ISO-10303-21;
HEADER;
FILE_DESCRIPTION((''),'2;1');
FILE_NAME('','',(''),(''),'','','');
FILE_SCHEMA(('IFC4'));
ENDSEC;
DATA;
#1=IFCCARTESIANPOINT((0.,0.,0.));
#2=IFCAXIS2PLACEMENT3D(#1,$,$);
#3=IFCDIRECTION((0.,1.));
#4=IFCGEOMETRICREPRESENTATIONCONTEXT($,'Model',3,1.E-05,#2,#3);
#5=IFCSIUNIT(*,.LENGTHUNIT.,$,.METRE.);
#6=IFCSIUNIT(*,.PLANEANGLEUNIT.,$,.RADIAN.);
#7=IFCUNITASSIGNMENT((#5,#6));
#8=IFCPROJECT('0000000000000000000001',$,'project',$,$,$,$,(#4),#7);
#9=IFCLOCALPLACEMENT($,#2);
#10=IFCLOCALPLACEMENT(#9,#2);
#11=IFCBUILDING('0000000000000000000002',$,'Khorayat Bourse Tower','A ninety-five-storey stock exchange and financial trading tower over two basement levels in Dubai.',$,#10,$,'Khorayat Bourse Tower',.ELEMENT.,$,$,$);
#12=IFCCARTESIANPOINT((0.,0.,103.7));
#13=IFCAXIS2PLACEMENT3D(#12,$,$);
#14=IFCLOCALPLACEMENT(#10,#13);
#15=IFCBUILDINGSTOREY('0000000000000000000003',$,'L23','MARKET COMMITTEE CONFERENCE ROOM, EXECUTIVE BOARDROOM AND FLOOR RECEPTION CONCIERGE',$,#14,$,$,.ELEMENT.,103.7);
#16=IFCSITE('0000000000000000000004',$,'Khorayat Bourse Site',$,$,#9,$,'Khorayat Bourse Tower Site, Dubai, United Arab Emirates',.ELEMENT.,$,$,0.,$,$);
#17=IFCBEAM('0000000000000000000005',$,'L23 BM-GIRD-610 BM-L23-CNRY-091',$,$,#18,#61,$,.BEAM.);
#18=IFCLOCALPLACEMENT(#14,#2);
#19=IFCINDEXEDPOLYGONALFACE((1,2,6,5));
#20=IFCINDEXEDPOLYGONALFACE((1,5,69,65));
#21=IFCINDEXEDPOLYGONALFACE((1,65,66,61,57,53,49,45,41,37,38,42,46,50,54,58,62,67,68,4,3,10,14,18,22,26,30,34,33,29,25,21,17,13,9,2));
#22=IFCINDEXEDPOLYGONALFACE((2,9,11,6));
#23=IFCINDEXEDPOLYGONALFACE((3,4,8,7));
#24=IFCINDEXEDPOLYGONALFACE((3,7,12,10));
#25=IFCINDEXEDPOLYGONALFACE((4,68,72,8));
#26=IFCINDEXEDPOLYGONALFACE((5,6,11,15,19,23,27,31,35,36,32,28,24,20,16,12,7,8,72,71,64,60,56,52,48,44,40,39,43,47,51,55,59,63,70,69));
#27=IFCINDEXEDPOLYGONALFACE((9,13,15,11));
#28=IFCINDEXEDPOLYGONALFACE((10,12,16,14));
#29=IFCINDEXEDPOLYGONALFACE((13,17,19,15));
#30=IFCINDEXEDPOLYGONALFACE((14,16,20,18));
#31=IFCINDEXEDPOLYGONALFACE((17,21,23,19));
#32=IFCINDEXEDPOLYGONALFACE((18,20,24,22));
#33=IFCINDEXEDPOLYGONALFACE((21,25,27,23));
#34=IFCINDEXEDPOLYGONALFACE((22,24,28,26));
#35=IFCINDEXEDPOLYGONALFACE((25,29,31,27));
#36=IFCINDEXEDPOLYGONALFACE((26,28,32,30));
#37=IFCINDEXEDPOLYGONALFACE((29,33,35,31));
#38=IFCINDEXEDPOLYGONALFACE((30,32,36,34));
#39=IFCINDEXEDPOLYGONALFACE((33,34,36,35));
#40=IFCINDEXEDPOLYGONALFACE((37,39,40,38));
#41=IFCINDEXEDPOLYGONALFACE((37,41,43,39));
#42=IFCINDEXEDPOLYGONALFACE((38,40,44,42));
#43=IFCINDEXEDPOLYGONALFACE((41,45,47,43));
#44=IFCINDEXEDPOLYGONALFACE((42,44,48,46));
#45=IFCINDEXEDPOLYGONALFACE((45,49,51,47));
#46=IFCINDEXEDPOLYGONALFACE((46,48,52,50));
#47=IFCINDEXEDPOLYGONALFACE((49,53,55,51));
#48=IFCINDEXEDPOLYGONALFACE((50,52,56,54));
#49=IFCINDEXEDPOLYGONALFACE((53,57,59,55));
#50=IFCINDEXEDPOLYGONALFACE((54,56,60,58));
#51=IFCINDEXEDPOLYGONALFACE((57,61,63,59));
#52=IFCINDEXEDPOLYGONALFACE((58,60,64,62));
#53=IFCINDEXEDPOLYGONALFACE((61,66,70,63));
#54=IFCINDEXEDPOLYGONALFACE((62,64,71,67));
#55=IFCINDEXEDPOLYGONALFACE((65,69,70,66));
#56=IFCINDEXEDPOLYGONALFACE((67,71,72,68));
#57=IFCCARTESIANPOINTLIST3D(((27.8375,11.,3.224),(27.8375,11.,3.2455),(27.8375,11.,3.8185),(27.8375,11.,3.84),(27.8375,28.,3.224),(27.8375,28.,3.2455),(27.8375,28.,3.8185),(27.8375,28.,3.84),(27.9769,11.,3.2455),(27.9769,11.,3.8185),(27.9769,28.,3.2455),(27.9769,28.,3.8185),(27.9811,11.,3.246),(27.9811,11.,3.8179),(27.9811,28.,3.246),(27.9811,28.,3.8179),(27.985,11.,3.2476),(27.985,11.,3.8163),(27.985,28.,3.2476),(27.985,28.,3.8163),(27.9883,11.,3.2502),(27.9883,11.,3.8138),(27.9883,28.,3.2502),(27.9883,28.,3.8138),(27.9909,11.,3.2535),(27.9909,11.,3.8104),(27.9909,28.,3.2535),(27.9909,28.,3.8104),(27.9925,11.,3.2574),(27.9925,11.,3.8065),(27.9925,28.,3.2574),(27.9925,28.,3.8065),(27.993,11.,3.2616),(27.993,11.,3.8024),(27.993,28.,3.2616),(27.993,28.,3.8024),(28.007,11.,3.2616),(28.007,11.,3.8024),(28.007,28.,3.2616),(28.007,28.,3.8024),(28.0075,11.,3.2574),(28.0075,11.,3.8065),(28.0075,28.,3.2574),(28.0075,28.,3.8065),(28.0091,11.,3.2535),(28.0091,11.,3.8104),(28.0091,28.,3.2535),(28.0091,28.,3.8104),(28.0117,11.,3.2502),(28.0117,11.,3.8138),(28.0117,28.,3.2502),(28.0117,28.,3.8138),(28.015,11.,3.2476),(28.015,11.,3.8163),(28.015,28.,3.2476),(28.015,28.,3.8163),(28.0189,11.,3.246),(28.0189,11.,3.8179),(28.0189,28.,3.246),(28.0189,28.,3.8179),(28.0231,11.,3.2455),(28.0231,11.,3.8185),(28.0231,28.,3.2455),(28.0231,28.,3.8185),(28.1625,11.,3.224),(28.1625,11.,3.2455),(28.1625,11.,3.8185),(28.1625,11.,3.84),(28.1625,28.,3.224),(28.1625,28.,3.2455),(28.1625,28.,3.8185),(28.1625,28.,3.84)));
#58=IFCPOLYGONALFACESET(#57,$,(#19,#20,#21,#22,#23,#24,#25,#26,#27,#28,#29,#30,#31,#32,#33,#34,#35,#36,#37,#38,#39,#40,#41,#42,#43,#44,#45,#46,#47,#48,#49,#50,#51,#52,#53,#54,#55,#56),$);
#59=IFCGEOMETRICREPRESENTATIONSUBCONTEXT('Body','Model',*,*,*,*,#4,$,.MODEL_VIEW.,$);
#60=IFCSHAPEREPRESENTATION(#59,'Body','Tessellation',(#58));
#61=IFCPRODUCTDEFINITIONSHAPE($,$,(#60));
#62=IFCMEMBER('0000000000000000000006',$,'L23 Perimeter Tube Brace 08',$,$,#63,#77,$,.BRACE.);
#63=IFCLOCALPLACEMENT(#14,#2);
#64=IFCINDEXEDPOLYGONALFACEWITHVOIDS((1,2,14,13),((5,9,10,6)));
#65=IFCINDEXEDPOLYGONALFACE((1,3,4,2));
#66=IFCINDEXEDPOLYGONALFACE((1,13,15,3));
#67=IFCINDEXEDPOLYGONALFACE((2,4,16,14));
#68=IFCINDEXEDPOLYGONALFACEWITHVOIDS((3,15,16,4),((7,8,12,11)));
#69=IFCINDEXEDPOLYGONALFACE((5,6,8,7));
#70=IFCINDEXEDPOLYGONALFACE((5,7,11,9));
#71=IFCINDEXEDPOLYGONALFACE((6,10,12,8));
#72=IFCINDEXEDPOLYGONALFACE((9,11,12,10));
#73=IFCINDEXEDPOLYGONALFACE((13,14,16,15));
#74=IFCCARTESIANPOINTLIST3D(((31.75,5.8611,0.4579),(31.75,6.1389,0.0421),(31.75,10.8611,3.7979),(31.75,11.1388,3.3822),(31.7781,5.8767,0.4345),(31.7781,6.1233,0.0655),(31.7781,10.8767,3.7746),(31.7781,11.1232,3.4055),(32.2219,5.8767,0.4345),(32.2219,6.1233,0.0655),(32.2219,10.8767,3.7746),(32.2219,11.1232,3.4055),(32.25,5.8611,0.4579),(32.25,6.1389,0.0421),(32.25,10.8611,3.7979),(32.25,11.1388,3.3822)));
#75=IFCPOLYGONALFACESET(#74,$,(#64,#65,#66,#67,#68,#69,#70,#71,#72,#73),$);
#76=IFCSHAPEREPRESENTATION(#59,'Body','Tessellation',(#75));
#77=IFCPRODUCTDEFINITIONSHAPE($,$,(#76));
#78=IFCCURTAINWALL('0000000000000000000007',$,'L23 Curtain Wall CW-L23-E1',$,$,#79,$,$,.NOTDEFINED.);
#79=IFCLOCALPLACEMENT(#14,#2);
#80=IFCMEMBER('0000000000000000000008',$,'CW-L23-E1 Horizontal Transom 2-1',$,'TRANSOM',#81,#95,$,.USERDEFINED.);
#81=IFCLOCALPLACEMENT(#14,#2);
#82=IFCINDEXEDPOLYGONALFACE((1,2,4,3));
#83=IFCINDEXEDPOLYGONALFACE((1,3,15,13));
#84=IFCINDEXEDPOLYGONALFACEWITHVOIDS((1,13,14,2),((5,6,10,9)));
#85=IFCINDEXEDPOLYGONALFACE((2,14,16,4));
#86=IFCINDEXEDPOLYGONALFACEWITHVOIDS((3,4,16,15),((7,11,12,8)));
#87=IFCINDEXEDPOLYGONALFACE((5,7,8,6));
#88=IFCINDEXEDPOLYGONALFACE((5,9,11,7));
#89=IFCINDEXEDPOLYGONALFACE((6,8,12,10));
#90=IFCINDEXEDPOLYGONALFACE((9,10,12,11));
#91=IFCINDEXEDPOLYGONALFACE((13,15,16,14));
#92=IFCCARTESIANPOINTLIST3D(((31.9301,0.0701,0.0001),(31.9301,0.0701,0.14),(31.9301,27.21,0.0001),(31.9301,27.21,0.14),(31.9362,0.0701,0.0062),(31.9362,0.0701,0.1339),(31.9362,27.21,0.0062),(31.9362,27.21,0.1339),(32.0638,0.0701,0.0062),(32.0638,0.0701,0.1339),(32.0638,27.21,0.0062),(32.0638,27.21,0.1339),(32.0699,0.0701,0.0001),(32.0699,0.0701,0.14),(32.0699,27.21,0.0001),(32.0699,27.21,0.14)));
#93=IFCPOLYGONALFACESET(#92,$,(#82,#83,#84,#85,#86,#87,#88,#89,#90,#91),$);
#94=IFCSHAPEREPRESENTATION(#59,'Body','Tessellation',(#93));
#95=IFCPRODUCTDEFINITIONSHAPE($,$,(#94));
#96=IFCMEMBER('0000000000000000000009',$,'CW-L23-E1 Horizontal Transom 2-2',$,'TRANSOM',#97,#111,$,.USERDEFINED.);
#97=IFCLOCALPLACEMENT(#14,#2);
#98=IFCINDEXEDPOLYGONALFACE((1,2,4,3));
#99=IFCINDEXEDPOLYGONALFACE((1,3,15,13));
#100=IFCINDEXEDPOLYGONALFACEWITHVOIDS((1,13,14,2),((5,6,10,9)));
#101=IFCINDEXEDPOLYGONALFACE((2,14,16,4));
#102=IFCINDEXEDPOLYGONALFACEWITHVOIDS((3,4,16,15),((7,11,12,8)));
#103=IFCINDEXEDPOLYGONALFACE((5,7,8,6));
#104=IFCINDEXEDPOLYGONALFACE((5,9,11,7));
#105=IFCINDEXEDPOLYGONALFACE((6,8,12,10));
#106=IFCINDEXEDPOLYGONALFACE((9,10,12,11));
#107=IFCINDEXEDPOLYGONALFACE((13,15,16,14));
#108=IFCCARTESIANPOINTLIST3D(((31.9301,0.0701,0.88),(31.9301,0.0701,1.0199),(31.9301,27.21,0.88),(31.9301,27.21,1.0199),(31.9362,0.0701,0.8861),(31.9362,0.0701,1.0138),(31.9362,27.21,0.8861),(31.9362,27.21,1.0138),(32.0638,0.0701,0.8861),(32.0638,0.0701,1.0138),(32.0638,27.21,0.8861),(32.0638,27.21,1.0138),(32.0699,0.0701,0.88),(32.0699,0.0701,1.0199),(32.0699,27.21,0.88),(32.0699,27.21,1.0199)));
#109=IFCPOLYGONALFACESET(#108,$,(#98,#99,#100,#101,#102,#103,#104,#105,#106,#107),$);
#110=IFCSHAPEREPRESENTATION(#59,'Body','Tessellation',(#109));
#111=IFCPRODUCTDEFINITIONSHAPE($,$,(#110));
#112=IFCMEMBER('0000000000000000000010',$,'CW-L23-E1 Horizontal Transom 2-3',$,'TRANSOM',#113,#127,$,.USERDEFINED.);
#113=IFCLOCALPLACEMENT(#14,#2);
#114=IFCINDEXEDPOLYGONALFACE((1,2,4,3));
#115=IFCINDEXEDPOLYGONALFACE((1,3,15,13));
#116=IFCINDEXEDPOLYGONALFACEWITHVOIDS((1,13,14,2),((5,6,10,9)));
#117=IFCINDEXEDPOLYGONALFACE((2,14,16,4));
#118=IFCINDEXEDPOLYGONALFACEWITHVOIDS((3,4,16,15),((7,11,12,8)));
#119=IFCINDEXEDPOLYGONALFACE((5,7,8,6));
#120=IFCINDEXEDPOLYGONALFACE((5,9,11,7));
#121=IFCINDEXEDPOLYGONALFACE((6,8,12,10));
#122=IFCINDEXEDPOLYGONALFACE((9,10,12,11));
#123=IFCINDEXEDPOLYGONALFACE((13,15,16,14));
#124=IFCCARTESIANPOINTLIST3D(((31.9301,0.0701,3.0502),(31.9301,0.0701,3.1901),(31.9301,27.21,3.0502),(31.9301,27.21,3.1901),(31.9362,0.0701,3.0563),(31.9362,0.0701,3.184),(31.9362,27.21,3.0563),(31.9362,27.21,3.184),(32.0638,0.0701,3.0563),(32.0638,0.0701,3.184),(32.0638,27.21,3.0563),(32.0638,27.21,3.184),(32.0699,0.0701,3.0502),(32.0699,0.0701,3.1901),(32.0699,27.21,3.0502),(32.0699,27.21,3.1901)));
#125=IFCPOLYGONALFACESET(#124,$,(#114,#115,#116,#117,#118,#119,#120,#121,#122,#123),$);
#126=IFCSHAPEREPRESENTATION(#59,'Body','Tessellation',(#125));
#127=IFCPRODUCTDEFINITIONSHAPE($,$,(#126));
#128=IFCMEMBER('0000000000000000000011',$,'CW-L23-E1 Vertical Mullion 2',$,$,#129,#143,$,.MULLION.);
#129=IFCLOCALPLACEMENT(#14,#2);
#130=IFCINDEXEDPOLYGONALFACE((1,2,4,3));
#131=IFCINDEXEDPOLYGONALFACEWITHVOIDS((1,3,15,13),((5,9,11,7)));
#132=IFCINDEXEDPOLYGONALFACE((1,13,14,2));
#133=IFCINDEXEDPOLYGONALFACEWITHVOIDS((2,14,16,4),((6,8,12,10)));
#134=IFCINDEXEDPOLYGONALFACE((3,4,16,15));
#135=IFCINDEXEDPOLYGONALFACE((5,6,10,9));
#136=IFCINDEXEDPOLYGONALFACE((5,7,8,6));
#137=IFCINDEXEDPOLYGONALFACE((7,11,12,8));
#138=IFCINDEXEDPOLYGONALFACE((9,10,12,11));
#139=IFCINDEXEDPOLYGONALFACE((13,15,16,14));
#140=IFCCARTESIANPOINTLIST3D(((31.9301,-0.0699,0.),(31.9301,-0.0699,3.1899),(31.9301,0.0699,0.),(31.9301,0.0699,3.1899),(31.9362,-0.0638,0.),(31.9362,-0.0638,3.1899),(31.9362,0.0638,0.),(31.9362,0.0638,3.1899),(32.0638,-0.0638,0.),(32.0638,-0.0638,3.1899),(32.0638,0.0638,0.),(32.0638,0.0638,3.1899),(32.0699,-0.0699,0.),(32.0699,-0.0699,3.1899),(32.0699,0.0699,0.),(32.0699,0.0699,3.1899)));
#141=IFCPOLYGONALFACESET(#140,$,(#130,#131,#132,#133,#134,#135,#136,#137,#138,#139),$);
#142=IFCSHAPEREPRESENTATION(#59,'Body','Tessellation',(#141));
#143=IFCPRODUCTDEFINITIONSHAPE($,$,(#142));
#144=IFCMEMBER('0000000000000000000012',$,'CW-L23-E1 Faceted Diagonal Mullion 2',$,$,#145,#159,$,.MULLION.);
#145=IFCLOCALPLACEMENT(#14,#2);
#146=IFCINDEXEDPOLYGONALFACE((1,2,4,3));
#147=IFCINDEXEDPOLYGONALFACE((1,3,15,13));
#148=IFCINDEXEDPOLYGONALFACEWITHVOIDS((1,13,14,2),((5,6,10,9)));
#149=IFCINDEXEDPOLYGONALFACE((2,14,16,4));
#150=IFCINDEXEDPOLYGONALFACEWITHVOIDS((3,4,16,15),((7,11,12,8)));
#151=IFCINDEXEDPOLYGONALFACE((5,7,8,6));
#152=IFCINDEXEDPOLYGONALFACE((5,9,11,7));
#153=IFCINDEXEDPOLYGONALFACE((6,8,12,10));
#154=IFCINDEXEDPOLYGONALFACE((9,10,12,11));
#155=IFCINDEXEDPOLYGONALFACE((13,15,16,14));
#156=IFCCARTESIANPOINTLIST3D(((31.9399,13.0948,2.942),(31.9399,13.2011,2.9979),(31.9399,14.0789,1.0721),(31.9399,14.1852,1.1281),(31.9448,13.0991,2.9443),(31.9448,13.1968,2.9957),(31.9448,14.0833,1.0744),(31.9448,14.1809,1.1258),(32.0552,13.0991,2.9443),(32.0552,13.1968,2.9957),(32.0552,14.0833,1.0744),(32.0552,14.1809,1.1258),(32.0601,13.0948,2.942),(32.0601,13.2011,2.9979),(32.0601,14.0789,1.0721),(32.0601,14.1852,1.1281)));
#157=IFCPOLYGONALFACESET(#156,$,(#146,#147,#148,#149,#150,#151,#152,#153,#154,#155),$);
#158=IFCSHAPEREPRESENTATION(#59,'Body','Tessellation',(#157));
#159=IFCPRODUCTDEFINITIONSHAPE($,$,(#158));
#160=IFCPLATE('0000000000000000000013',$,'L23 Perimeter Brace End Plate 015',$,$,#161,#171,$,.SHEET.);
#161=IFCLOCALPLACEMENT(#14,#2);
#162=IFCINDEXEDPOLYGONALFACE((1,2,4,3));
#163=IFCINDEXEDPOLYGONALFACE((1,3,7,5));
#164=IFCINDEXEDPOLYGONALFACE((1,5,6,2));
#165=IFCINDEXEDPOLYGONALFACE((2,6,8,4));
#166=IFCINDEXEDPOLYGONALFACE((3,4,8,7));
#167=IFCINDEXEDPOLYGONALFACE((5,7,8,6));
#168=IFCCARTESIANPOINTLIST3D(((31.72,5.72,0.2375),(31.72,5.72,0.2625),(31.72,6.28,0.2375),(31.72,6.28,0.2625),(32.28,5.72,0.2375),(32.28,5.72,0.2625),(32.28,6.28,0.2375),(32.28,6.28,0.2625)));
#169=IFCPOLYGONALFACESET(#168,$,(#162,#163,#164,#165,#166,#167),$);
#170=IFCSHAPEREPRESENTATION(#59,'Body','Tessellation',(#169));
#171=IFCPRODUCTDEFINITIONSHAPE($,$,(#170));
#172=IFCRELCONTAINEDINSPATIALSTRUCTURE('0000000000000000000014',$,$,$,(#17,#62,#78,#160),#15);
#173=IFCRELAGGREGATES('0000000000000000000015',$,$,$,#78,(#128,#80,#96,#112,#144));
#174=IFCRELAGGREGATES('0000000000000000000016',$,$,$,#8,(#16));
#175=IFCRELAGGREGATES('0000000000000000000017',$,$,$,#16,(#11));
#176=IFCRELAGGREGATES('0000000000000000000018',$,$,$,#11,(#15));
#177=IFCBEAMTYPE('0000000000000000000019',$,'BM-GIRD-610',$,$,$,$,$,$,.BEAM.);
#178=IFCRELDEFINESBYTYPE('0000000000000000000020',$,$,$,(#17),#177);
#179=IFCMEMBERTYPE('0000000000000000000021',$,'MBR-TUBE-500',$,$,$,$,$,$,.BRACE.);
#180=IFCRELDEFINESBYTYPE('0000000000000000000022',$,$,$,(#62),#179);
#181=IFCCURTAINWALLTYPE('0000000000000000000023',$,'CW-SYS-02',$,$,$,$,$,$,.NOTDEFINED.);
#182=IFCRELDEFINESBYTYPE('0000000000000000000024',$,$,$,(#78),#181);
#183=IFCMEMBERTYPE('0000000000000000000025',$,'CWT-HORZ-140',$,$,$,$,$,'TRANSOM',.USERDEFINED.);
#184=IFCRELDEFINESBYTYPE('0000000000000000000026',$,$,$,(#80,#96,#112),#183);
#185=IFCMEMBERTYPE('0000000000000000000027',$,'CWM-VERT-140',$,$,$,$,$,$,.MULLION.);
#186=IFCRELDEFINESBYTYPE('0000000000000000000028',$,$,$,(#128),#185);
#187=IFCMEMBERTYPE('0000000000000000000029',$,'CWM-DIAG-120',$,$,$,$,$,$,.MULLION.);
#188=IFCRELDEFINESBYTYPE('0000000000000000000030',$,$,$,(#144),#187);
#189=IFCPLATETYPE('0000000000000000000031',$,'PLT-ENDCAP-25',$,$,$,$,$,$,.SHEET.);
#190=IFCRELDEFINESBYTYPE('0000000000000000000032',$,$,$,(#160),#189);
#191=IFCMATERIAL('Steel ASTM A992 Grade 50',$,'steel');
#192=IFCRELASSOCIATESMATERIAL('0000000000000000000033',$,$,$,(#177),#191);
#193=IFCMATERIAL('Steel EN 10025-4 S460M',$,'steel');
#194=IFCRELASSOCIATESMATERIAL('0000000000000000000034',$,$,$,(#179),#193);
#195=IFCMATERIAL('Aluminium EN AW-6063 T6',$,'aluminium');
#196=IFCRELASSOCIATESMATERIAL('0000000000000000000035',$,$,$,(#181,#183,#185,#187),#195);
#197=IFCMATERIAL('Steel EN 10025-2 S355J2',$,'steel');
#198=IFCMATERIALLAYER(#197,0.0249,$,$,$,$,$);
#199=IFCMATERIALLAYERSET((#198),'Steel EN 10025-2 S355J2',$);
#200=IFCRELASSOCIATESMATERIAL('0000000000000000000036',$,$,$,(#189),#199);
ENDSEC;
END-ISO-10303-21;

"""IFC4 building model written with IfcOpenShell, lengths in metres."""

from ifc_helpers import new_model, si_unit, direction, frame, origin, origin_2d, place, context, subcontext, project, spatial, rectangle, hollow_rectangle, i_section, extrude, source, transform, mapped, material, layer, layer_set, material_profile, profile_set, type_object, element, aggregate, save


model = new_model("IFC4")

# Units and contexts
model_context = context("Model", 3, precision=1e-05, world=origin(), true_north=direction((0.0, 1.0)))
body_context = subcontext(model_context, "Body", "Model", "MODEL_VIEW")
ifc_project = project(units=[si_unit("LENGTHUNIT", "METRE"), si_unit("PLANEANGLEUNIT", "RADIAN")], contexts=[model_context])

# Site, building, storey
site_placement = place(None, origin())
site = spatial("IfcSite", under=ifc_project, at=site_placement, Name="Khorayat Bourse Site", LongName="Khorayat Bourse Tower Site, Dubai, United Arab Emirates", CompositionType="ELEMENT", RefElevation=0.0)
building_placement = place(site_placement, origin())
building = spatial("IfcBuilding", under=site, at=building_placement, Name="Khorayat Bourse Tower", Description="A ninety-five-storey stock exchange and financial trading tower over two basement levels in Dubai.", LongName="Khorayat Bourse Tower", CompositionType="ELEMENT")
storey_placement = place(building_placement, frame((0.0, 0.0, 103.7)))
storey = spatial("IfcBuildingStorey", under=building, at=storey_placement, Name="L23", Description="MARKET COMMITTEE CONFERENCE ROOM, EXECUTIVE BOARDROOM AND FLOOR RECEPTION CONCIERGE", CompositionType="ELEMENT", Elevation=103.7)

# Shared definitions
ifc_material_1 = material(Name="Steel EN 10025-4 S460M", Category="steel")

# Beam
ifc_material_2 = material(Name="Steel ASTM A992 Grade 50", Category="steel")
ifc_material_profile_1 = material_profile(ifc_material_2, i_section(OverallWidth=0.325, OverallDepth=0.616, WebThickness=0.0139, FlangeThickness=0.0215, FilletRadius=0.0161, at=origin_2d()), Name="W610X174")
ifc_profile_set_1 = profile_set([ifc_material_profile_1], Name="Steel ASTM A992 Grade 50")
beam_type_1 = type_object("IfcBeamType", Name="BM-GIRD-610", PredefinedType="BEAM", material=ifc_profile_set_1)
shared_shape_1 = source(origin(), body_context, "Body", "SweptSolid", [
    extrude(i_section(OverallWidth=0.325, OverallDepth=0.616, WebThickness=0.0139, FlangeThickness=0.0215, FilletRadius=0.0161, at=origin_2d()), origin(), (0.0, 0.0, 1.0), 17.0),
])
beam_1_placement = place(storey_placement, frame((28.0, 11.0, 3.532), z_axis=(0.0, 1.0, 0.0), x_axis=(-1.0, 0.0, 0.0)))
element("IfcBeam", 1, at=beam_1_placement, inside=storey, type_object=beam_type_1, Name="L23 BM-GIRD-610 BM-L23-CNRY-091", PredefinedType="BEAM", context=body_context, shape_type="MappedRepresentation", body=[
    mapped(shared_shape_1, transform((0.0, 0.0, 0.0), scale=1.0)),
])

# Member
ifc_material_profile_2 = material_profile(ifc_material_1, hollow_rectangle(XDim=0.5, YDim=0.5, WallThickness=0.0281, at=origin_2d()), Name="HSS 500x500x28")
ifc_profile_set_2 = profile_set([ifc_material_profile_2], Name="Steel EN 10025-4 S460M")
member_type_1 = type_object("IfcMemberType", Name="MBR-TUBE-500", PredefinedType="BRACE", material=ifc_profile_set_2)
shared_shape_2 = source(origin(), body_context, "Body", "SweptSolid", [
    extrude(hollow_rectangle(XDim=0.5, YDim=0.5, WallThickness=0.0281, at=origin_2d()), origin(), (0.0, 0.0, 1.0), 6.0129),
])
member_1_placement = place(storey_placement, frame((32.0, 6.0, 0.25), z_axis=(0.0, 0.831531, 0.555478), x_axis=(-1.0, 0.0, 0.0)))
element("IfcMember", 2, at=member_1_placement, inside=storey, type_object=member_type_1, Name="L23 Perimeter Tube Brace 08", PredefinedType="BRACE", context=body_context, shape_type="MappedRepresentation", body=[
    mapped(shared_shape_2, transform((0.0, 0.0, 0.0), scale=1.0)),
])

# Curtain wall, members
ifc_material_3 = material(Name="Aluminium EN AW-6063 T6", Category="aluminium")
curtain_wall_type = type_object("IfcCurtainWallType", Name="CW-SYS-02", PredefinedType="NOTDEFINED", material=ifc_material_3)
curtain_wall_placement = place(storey_placement, origin())
curtain_wall = element("IfcCurtainWall", 3, at=curtain_wall_placement, inside=storey, type_object=curtain_wall_type, Name="L23 Curtain Wall CW-L23-E1", PredefinedType="NOTDEFINED")
ifc_material_profile_3 = material_profile(ifc_material_3, hollow_rectangle(XDim=0.1399, YDim=0.1399, WallThickness=0.0061, at=origin_2d()), Name="ALU 140x140x6")
ifc_profile_set_3 = profile_set([ifc_material_profile_3], Name="Aluminium EN AW-6063 T6")
member_type_2 = type_object("IfcMemberType", Name="CWT-HORZ-140", ElementType="TRANSOM", PredefinedType="USERDEFINED", material=ifc_profile_set_3)
shared_shape_3 = source(origin(), body_context, "Body", "SweptSolid", [
    extrude(hollow_rectangle(XDim=0.1399, YDim=0.1399, WallThickness=0.0061, at=origin_2d()), origin(), (0.0, 0.0, 1.0), 27.1399),
])
member_2_placement = place(storey_placement, frame((32.0, 0.0701, 0.0701), z_axis=(0.0, 1.0, 0.0), x_axis=(-1.0, 0.0, 0.0)))
member_2 = element("IfcMember", 4, at=member_2_placement, type_object=member_type_2, Name="CW-L23-E1 Horizontal Transom 2-1", ObjectType="TRANSOM", PredefinedType="USERDEFINED", context=body_context, shape_type="MappedRepresentation", body=[
    mapped(shared_shape_3, transform((0.0, 0.0, 0.0), scale=1.0)),
])
member_3_placement = place(storey_placement, frame((32.0, 0.0701, 0.95), z_axis=(0.0, 1.0, 0.0), x_axis=(-1.0, 0.0, 0.0)))
member_3 = element("IfcMember", 5, at=member_3_placement, type_object=member_type_2, Name="CW-L23-E1 Horizontal Transom 2-2", ObjectType="TRANSOM", PredefinedType="USERDEFINED", context=body_context, shape_type="MappedRepresentation", body=[
    mapped(shared_shape_3, transform((0.0, 0.0, 0.0), scale=1.0)),
])
member_4_placement = place(storey_placement, frame((32.0, 0.0701, 3.1201), z_axis=(0.0, 1.0, 0.0), x_axis=(-1.0, 0.0, 0.0)))
member_4 = element("IfcMember", 6, at=member_4_placement, type_object=member_type_2, Name="CW-L23-E1 Horizontal Transom 2-3", ObjectType="TRANSOM", PredefinedType="USERDEFINED", context=body_context, shape_type="MappedRepresentation", body=[
    mapped(shared_shape_3, transform((0.0, 0.0, 0.0), scale=1.0)),
])
ifc_material_profile_4 = material_profile(ifc_material_3, hollow_rectangle(XDim=0.1399, YDim=0.1399, WallThickness=0.0061, at=origin_2d()), Name="ALU 140x140x6")
ifc_profile_set_4 = profile_set([ifc_material_profile_4], Name="Aluminium EN AW-6063 T6")
member_type_3 = type_object("IfcMemberType", Name="CWM-VERT-140", PredefinedType="MULLION", material=ifc_profile_set_4)
shared_shape_4 = source(origin(), body_context, "Body", "SweptSolid", [
    extrude(hollow_rectangle(XDim=0.1399, YDim=0.1399, WallThickness=0.0061, at=origin_2d()), origin(), (0.0, 0.0, 1.0), 3.1899),
])
member_5_placement = place(storey_placement, frame((32.0, 0.0, 0.0), z_axis=(0.0, 0.0, 1.0), x_axis=(-1.0, 0.0, 0.0)))
member_5 = element("IfcMember", 7, at=member_5_placement, type_object=member_type_3, Name="CW-L23-E1 Vertical Mullion 2", PredefinedType="MULLION", context=body_context, shape_type="MappedRepresentation", body=[
    mapped(shared_shape_4, transform((0.0, 0.0, 0.0), scale=1.0)),
])
ifc_material_profile_5 = material_profile(ifc_material_3, hollow_rectangle(XDim=0.1201, YDim=0.1201, WallThickness=0.0049, at=origin_2d()), Name="ALU 120x120x5")
ifc_profile_set_5 = profile_set([ifc_material_profile_5], Name="Aluminium EN AW-6063 T6")
member_type_4 = type_object("IfcMemberType", Name="CWM-DIAG-120", PredefinedType="MULLION", material=ifc_profile_set_5)
shared_shape_5 = source(origin(), body_context, "Body", "SweptSolid", [
    extrude(hollow_rectangle(XDim=0.1201, YDim=0.1201, WallThickness=0.0049, at=origin_2d()), origin(), (0.0, 0.0, 1.0), 2.113),
])
member_6_placement = place(storey_placement, frame((32.0, 14.1321, 1.1001), z_axis=(0.0, -0.465742, 0.884921), x_axis=(1.0, 0.0, 0.0)))
member_6 = element("IfcMember", 8, at=member_6_placement, type_object=member_type_4, Name="CW-L23-E1 Faceted Diagonal Mullion 2", PredefinedType="MULLION", context=body_context, shape_type="MappedRepresentation", body=[
    mapped(shared_shape_5, transform((0.0, 0.0, 0.0), scale=1.0)),
])

# Plate
ifc_material_4 = material(Name="Steel EN 10025-2 S355J2", Category="steel")
ifc_layer_1 = layer(ifc_material_4, 0.0249)
ifc_layer_set_1 = layer_set([ifc_layer_1], Name="Steel EN 10025-2 S355J2")
plate_type_1 = type_object("IfcPlateType", Name="PLT-ENDCAP-25", PredefinedType="SHEET", material=ifc_layer_set_1)
shared_shape_6 = source(origin(), body_context, "Body", "SweptSolid", [
    extrude(rectangle(XDim=0.5601, YDim=0.5601, at=origin_2d()), origin(), (0.0, 0.0, 1.0), 0.0249),
])
for number, where, z_axis, x_axis, name in (
    (9, (32.0, 6.0, 0.2375), (0.0, 0.0, 1.0), (1.0, 0.0, 0.0), "L23 Perimeter Brace End Plate 015"),
):
    element("IfcPlate", number, at=place(storey_placement, frame(where, z_axis=z_axis, x_axis=x_axis)), inside=storey, type_object=plate_type_1, Name=name, PredefinedType="SHEET", context=body_context, shape_type="MappedRepresentation", body=[
        mapped(shared_shape_6, transform((0.0, 0.0, 0.0), scale=1.0)),
    ])

aggregate(curtain_wall, [member_5, member_2, member_3, member_4, member_6])

save(model, "model.ifc")
